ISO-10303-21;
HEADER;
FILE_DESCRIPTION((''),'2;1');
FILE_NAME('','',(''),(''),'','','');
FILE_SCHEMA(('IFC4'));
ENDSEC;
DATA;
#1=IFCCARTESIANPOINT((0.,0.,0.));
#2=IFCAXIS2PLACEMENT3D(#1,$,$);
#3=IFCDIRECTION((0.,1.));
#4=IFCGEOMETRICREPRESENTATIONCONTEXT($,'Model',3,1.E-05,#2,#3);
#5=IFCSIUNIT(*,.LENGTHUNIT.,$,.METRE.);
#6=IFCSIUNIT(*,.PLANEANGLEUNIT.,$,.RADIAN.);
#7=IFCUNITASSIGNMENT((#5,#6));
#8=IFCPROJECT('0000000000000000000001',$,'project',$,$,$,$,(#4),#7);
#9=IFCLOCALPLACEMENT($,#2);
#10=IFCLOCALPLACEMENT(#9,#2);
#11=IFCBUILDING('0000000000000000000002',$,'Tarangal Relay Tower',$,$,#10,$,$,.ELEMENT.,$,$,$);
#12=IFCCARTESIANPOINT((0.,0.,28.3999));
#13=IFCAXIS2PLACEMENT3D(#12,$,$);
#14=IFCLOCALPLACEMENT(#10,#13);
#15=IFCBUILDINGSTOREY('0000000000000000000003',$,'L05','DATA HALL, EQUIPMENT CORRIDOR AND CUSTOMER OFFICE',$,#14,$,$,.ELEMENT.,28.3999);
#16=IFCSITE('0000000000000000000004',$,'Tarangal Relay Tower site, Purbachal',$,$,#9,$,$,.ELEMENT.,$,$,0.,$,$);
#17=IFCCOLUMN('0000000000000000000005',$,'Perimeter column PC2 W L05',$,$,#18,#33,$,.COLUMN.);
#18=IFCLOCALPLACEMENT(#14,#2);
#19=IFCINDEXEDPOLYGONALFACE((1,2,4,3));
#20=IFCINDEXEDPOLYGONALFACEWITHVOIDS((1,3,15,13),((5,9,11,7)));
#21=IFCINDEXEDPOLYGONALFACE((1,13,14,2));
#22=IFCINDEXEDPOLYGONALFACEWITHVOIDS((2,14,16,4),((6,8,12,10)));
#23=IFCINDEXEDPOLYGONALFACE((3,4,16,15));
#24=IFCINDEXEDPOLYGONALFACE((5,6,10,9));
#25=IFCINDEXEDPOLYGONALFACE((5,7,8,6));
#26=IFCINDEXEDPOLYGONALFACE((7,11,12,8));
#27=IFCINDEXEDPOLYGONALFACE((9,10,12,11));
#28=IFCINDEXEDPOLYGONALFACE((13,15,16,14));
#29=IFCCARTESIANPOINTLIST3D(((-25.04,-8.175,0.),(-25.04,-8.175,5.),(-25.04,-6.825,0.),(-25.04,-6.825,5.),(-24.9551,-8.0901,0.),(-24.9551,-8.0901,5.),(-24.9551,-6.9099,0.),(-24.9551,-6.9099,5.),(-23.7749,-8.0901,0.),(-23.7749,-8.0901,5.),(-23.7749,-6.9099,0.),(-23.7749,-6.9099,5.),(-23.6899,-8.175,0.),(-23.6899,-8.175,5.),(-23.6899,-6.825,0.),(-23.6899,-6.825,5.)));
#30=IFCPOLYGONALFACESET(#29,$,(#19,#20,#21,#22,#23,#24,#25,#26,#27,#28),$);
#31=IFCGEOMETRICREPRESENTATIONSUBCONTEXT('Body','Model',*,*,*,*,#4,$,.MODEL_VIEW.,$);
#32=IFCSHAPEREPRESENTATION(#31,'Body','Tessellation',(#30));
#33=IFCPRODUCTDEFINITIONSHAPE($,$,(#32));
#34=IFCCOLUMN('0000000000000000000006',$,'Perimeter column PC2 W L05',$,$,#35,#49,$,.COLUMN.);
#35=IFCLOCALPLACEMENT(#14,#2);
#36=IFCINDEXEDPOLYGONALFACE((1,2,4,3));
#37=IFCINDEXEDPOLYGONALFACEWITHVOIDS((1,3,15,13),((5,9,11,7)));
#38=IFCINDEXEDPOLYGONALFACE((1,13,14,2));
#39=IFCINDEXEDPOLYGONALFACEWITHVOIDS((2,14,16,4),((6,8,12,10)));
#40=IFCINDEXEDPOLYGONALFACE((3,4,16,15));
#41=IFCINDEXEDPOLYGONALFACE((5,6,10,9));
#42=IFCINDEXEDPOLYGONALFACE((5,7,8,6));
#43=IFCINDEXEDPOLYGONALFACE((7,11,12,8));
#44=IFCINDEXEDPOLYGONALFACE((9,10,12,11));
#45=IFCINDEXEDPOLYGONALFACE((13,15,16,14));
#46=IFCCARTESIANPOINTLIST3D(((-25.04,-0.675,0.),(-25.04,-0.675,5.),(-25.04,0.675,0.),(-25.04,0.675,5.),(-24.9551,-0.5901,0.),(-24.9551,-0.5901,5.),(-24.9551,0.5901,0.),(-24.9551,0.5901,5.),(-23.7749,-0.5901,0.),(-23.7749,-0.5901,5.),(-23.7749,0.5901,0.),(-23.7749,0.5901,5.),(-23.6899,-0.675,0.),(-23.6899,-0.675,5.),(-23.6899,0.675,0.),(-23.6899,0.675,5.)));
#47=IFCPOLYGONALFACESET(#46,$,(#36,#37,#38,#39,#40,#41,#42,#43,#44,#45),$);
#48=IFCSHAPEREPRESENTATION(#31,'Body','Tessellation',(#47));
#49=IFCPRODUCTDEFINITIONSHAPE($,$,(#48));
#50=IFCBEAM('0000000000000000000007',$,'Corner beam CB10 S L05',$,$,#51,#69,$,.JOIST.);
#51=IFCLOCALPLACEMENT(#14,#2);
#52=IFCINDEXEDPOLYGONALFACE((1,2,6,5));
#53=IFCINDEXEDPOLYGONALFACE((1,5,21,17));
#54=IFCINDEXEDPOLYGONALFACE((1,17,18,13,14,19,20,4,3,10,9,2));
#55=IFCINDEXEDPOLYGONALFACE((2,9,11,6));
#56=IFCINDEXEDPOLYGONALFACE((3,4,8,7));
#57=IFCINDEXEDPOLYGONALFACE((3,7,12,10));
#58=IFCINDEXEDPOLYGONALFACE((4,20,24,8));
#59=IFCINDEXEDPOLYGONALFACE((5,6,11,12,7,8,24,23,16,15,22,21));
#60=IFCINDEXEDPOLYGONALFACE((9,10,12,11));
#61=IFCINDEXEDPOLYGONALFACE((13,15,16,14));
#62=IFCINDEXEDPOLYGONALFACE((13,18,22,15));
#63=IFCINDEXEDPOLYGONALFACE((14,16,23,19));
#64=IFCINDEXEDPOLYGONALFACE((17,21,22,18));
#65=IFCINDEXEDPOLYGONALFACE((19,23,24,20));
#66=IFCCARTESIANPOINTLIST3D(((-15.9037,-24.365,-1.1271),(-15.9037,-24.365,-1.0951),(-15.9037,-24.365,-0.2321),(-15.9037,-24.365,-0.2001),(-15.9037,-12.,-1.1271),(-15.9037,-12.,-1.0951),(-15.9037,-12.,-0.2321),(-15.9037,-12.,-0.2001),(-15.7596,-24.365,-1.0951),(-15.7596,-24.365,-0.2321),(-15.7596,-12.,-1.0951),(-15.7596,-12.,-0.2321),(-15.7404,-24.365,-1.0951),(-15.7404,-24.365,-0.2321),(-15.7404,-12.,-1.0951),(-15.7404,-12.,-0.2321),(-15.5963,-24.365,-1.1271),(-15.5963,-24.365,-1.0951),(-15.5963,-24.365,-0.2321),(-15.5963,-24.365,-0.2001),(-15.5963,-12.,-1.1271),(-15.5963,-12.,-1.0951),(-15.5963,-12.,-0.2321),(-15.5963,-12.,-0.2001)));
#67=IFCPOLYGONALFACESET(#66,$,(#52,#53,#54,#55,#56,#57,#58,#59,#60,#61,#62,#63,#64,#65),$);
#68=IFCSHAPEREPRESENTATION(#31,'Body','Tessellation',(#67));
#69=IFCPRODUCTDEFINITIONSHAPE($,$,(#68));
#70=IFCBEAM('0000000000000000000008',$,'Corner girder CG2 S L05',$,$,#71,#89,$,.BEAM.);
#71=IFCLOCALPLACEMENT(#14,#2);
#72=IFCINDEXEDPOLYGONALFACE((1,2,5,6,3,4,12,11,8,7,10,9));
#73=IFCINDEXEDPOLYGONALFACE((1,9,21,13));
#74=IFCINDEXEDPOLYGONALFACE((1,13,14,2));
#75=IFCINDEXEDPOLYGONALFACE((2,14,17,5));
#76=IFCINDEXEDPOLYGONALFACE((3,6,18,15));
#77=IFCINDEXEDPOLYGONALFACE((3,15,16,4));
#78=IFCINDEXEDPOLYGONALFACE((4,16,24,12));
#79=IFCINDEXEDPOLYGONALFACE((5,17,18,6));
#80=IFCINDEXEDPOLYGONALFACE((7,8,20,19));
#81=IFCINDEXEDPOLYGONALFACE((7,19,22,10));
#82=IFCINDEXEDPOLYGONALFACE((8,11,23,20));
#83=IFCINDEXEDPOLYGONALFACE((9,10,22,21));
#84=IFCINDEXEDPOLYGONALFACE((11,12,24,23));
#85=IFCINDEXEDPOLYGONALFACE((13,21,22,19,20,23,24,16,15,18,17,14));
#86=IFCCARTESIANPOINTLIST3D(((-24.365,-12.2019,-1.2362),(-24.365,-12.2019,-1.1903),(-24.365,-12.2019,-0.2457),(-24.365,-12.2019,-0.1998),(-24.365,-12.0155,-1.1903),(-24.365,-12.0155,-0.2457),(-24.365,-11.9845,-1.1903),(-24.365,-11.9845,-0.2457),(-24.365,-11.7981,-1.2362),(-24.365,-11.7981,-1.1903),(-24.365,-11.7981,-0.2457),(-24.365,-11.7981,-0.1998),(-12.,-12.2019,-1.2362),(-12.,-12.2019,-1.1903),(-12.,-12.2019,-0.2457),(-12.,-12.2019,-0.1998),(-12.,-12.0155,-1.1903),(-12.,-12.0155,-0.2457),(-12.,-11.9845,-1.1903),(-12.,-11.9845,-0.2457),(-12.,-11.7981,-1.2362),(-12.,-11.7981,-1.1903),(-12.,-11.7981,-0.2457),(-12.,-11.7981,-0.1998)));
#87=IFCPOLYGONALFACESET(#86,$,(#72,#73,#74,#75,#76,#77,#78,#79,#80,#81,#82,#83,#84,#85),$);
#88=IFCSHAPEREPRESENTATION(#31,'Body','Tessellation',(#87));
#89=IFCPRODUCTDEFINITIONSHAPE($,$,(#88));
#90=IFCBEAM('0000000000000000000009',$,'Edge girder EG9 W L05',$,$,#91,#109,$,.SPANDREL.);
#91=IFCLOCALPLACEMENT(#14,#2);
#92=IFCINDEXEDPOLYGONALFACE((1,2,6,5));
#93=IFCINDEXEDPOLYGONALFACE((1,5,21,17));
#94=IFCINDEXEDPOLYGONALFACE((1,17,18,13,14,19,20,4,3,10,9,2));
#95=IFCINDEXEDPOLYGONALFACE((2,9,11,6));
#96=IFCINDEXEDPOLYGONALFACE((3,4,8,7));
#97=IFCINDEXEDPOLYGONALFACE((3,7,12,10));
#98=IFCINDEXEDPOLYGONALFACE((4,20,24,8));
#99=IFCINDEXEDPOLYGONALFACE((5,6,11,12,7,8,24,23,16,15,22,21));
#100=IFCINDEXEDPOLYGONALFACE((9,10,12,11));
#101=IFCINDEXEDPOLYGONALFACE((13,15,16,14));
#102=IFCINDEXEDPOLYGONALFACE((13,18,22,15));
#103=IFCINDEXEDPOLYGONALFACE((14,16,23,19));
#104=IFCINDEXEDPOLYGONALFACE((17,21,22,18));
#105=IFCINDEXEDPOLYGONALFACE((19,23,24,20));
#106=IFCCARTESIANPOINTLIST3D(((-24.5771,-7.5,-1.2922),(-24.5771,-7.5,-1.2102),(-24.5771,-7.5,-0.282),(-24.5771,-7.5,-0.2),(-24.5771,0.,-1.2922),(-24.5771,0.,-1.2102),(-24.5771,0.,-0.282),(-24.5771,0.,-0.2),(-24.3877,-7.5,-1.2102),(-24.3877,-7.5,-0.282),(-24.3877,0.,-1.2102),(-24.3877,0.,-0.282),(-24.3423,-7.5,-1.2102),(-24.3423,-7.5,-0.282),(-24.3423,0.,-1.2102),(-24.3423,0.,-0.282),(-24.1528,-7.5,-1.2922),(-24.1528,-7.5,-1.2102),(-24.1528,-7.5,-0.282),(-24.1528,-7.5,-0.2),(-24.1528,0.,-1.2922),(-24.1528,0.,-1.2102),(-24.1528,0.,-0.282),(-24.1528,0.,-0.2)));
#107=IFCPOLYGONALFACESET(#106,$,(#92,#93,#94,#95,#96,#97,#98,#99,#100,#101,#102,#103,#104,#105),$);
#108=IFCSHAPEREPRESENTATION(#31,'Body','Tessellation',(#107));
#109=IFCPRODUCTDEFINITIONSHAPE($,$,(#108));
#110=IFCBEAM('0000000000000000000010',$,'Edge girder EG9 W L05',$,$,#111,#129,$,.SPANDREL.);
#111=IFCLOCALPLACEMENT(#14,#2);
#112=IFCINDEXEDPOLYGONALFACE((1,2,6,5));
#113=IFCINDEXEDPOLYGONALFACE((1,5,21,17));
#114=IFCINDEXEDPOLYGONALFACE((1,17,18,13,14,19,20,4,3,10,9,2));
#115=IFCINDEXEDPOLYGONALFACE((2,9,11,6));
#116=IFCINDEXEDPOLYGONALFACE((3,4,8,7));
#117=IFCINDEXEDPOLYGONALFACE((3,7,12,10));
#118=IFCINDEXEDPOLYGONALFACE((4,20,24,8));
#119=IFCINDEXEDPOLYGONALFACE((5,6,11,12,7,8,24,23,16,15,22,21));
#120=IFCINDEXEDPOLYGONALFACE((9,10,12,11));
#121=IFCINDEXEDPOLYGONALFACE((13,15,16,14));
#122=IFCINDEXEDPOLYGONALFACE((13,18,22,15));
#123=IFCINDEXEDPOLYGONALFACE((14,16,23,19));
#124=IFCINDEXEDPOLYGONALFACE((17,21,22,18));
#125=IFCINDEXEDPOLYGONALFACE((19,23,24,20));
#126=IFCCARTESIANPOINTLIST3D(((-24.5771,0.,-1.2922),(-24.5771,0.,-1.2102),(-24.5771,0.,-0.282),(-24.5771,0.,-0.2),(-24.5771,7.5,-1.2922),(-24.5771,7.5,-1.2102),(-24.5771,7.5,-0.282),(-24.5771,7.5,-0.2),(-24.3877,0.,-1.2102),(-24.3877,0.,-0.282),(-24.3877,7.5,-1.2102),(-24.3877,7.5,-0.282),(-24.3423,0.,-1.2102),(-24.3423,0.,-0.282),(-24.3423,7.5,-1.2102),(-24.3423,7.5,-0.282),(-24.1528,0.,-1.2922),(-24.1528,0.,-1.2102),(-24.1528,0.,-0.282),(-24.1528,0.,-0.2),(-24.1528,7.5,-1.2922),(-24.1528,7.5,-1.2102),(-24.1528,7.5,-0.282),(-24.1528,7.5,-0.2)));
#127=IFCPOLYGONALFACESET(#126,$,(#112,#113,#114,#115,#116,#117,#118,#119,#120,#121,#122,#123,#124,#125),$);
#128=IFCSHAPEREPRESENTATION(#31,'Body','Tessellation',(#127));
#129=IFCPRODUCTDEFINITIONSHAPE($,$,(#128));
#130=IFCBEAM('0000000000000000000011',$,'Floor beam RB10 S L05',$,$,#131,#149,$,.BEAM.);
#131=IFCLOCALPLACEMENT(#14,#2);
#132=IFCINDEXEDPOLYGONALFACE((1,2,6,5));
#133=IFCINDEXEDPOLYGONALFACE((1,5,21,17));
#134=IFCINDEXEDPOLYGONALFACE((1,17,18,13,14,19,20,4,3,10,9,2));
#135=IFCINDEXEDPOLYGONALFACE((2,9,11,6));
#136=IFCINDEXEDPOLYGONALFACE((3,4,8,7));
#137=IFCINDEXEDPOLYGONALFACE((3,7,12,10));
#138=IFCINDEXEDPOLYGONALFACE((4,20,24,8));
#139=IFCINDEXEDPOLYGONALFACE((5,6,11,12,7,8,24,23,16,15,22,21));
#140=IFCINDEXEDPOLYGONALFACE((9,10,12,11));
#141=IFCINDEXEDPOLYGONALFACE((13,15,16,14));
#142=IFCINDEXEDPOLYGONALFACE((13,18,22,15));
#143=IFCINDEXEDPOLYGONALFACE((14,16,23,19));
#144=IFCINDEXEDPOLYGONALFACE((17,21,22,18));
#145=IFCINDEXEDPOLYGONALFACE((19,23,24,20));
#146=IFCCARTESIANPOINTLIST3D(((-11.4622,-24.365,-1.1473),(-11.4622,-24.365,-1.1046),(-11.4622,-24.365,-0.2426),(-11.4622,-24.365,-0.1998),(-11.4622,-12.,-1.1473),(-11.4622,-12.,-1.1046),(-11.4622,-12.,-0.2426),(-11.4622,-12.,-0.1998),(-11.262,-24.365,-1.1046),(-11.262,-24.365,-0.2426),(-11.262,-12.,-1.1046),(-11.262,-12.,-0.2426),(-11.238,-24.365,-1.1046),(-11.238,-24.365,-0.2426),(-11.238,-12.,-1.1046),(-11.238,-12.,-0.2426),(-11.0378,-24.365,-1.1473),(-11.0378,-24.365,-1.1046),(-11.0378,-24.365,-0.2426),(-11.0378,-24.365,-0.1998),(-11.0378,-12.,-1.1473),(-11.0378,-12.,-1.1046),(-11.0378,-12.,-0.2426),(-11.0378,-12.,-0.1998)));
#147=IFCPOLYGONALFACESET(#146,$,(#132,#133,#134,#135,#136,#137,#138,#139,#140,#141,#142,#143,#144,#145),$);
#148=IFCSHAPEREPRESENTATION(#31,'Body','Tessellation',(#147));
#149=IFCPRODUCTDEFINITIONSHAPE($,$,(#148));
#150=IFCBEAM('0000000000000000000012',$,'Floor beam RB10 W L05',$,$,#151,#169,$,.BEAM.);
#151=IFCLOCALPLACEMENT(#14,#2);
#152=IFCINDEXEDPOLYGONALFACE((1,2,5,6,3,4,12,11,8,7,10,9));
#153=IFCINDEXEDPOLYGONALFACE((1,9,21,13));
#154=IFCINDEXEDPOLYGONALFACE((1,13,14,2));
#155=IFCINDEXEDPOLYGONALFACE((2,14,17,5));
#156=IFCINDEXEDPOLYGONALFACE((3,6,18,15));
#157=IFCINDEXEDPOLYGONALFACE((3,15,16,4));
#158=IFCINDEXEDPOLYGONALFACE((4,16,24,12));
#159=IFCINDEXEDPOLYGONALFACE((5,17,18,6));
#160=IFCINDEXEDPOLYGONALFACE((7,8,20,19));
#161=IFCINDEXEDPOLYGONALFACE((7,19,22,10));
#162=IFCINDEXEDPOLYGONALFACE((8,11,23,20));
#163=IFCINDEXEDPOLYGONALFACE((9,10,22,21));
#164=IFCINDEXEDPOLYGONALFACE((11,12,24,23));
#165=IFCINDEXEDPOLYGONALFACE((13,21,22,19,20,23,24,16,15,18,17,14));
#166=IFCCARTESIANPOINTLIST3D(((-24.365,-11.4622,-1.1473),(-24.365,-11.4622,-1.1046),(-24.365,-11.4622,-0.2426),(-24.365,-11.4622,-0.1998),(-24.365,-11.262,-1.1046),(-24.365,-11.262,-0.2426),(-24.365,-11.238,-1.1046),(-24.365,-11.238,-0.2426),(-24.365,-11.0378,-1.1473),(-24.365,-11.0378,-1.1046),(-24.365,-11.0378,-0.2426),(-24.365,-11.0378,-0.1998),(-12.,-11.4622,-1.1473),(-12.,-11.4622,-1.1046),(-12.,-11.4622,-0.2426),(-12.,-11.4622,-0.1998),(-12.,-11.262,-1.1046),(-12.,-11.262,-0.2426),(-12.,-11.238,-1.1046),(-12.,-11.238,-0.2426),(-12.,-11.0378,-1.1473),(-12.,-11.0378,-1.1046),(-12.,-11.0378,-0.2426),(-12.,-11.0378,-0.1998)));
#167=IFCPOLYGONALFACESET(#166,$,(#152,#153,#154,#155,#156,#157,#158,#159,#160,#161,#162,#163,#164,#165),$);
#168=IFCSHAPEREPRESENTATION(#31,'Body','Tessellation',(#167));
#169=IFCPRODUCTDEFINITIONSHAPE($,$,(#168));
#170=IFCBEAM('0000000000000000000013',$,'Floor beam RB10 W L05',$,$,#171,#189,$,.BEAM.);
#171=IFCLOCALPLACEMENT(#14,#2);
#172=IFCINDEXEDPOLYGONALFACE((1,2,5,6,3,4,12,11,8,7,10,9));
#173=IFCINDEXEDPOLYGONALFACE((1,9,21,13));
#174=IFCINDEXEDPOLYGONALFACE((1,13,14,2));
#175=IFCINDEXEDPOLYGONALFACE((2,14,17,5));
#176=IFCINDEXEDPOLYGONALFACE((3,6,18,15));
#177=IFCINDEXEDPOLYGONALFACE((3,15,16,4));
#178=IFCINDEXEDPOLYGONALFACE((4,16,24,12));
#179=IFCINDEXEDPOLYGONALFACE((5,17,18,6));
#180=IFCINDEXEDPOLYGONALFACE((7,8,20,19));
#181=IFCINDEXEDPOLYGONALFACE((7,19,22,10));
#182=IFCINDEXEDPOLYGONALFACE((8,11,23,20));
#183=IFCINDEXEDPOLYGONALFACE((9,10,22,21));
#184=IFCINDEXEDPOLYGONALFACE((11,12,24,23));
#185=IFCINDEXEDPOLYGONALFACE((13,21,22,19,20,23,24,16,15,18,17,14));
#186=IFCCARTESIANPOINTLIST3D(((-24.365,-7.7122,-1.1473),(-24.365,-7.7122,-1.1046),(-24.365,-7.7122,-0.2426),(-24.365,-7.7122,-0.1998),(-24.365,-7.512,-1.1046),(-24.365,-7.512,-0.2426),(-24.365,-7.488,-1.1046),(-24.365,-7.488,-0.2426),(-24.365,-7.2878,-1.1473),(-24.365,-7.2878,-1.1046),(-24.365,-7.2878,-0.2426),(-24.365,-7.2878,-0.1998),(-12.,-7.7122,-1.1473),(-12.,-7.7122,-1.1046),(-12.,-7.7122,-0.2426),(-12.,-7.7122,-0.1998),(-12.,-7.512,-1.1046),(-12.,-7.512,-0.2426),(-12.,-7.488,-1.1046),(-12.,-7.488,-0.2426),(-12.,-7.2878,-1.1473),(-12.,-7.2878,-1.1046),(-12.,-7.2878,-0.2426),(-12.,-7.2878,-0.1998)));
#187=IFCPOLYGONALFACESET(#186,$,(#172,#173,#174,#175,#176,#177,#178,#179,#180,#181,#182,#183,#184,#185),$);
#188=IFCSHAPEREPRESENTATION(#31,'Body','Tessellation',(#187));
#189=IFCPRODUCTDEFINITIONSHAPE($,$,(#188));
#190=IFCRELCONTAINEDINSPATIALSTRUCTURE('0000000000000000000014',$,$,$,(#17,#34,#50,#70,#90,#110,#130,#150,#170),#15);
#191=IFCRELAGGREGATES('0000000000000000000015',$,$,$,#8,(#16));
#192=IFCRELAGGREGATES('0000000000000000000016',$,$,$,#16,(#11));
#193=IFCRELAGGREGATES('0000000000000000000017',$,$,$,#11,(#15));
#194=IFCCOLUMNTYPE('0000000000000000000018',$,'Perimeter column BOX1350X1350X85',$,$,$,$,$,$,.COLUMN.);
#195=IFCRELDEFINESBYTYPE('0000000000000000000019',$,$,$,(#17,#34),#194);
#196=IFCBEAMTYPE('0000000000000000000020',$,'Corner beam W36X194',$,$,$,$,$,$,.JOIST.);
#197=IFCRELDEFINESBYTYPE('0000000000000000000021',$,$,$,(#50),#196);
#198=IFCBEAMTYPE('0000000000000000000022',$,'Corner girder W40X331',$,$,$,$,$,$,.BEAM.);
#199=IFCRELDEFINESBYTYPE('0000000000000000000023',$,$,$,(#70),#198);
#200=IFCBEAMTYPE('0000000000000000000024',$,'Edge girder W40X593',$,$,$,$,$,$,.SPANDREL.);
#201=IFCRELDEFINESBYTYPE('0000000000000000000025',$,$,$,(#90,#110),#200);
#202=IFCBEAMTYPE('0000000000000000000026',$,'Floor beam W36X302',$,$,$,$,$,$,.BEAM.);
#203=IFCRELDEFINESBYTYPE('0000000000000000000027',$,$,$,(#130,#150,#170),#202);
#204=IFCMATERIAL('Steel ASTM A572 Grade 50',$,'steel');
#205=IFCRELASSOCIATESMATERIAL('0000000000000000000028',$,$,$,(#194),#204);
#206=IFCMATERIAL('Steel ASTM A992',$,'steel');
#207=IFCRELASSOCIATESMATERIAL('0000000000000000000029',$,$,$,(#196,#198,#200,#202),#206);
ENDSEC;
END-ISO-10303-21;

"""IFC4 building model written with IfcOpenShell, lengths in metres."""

from ifc_helpers import new_model, si_unit, direction, frame, origin, origin_2d, place, context, subcontext, project, spatial, hollow_rectangle, i_section, extrude, material, material_profile, profile_set, type_object, element, save


model = new_model("IFC4")

# Units and contexts
model_context = context("Model", 3, precision=1e-05, world=origin(), true_north=direction((0.0, 1.0)))
body_context = subcontext(model_context, "Body", "Model", "MODEL_VIEW")
ifc_project = project(units=[si_unit("LENGTHUNIT", "METRE"), si_unit("PLANEANGLEUNIT", "RADIAN")], contexts=[model_context])

# Site, building, storey
site_placement = place(None, origin())
site = spatial("IfcSite", under=ifc_project, at=site_placement, Name="Tarangal Relay Tower site, Purbachal", CompositionType="ELEMENT", RefElevation=0.0)
building_placement = place(site_placement, origin())
building = spatial("IfcBuilding", under=site, at=building_placement, Name="Tarangal Relay Tower", CompositionType="ELEMENT")
storey_placement = place(building_placement, frame((0.0, 0.0, 28.3999)))
storey = spatial("IfcBuildingStorey", under=building, at=storey_placement, Name="L05", Description="DATA HALL, EQUIPMENT CORRIDOR AND CUSTOMER OFFICE", CompositionType="ELEMENT", Elevation=28.3999)

# Columns
ifc_material_1 = material(Name="Steel ASTM A572 Grade 50", Category="steel")
ifc_material_profile_1 = material_profile(ifc_material_1, hollow_rectangle(XDim=1.3501, YDim=1.3501, WallThickness=0.085, at=origin_2d()), Name="BOX1350X1350X85")
ifc_profile_set_1 = profile_set([ifc_material_profile_1], Name="Steel ASTM A572 Grade 50")
column_type = type_object("IfcColumnType", Name="Perimeter column BOX1350X1350X85", PredefinedType="COLUMN", material=ifc_profile_set_1)
for number, where, z_axis, x_axis, name in (
    (1, (-24.365, -7.5, 0.0), (0.0, 0.0, 1.0), (1.0, 0.0, 0.0), "Perimeter column PC2 W L05"),
    (2, (-24.365, 0.0, 0.0), (0.0, 0.0, 1.0), (1.0, 0.0, 0.0), "Perimeter column PC2 W L05"),
):
    element("IfcColumn", number, at=place(storey_placement, frame(where, z_axis=z_axis, x_axis=x_axis)), inside=storey, type_object=column_type, Name=name, PredefinedType="COLUMN", context=body_context, shape_type="SweptSolid", body=[
        extrude(hollow_rectangle(XDim=1.3501, YDim=1.3501, WallThickness=0.085, at=origin_2d()), origin(), (0.0, 0.0, 1.0), 5.0),
    ])

# Beams
ifc_material_2 = material(Name="Steel ASTM A992", Category="steel")
ifc_material_profile_2 = material_profile(ifc_material_2, i_section(OverallWidth=0.3074, OverallDepth=0.927, WebThickness=0.0193, FlangeThickness=0.032, at=origin_2d()), Name="W36X194")
ifc_profile_set_2 = profile_set([ifc_material_profile_2], Name="Steel ASTM A992")
beam_type_1 = type_object("IfcBeamType", Name="Corner beam W36X194", PredefinedType="JOIST", material=ifc_profile_set_2)
beam_1_placement = place(storey_placement, frame((-15.75, -12.0, -0.6636), z_axis=(0.0, -1.0, 0.0), x_axis=(1.0, 0.0, 0.0)))
element("IfcBeam", 3, at=beam_1_placement, inside=storey, type_object=beam_type_1, Name="Corner beam CB10 S L05", PredefinedType="JOIST", context=body_context, shape_type="SweptSolid", body=[
    extrude(i_section(OverallWidth=0.3074, OverallDepth=0.927, WebThickness=0.0193, FlangeThickness=0.032, at=origin_2d()), origin(), (0.0, 0.0, 1.0), 12.365),
])
ifc_material_profile_3 = material_profile(ifc_material_2, i_section(OverallWidth=0.4038, OverallDepth=1.0364, WebThickness=0.031, FlangeThickness=0.0459, at=origin_2d()), Name="W40X331")
ifc_profile_set_3 = profile_set([ifc_material_profile_3], Name="Steel ASTM A992")
beam_type_2 = type_object("IfcBeamType", Name="Corner girder W40X331", PredefinedType="BEAM", material=ifc_profile_set_3)
beam_2_placement = place(storey_placement, frame((-12.0, -12.0, -0.718), z_axis=(-1.0, 0.0, 0.0), x_axis=(0.0, -1.0, 0.0)))
element("IfcBeam", 4, at=beam_2_placement, inside=storey, type_object=beam_type_2, Name="Corner girder CG2 S L05", PredefinedType="BEAM", context=body_context, shape_type="SweptSolid", body=[
    extrude(i_section(OverallWidth=0.4038, OverallDepth=1.0364, WebThickness=0.031, FlangeThickness=0.0459, at=origin_2d()), origin(), (0.0, 0.0, 1.0), 12.365),
])
ifc_material_profile_4 = material_profile(ifc_material_2, i_section(OverallWidth=0.4243, OverallDepth=1.0923, WebThickness=0.0454, FlangeThickness=0.082, at=origin_2d()), Name="W40X593")
ifc_profile_set_4 = profile_set([ifc_material_profile_4], Name="Steel ASTM A992")
beam_type_3 = type_object("IfcBeamType", Name="Edge girder W40X593", PredefinedType="SPANDREL", material=ifc_profile_set_4)
for number, where, z_axis, x_axis, name in (
    (5, (-24.365, -7.5, -0.7461), (0.0, 1.0, 0.0), (-1.0, 0.0, 0.0), "Edge girder EG9 W L05"),
    (6, (-24.365, 0.0, -0.7461), (0.0, 1.0, 0.0), (-1.0, 0.0, 0.0), "Edge girder EG9 W L05"),
):
    element("IfcBeam", number, at=place(storey_placement, frame(where, z_axis=z_axis, x_axis=x_axis)), inside=storey, type_object=beam_type_3, Name=name, PredefinedType="SPANDREL", context=body_context, shape_type="SweptSolid", body=[
        extrude(i_section(OverallWidth=0.4243, OverallDepth=1.0923, WebThickness=0.0454, FlangeThickness=0.082, at=origin_2d()), origin(), (0.0, 0.0, 1.0), 7.5),
    ])
ifc_material_profile_5 = material_profile(ifc_material_2, i_section(OverallWidth=0.4243, OverallDepth=0.9475, WebThickness=0.0239, FlangeThickness=0.0427, at=origin_2d()), Name="W36X302")
ifc_profile_set_5 = profile_set([ifc_material_profile_5], Name="Steel ASTM A992")
beam_type_4 = type_object("IfcBeamType", Name="Floor beam W36X302", PredefinedType="BEAM", material=ifc_profile_set_5)
for number, where, z_axis, x_axis, name in (
    (7, (-11.25, -12.0, -0.6736), (0.0, -1.0, 0.0), (1.0, 0.0, 0.0), "Floor beam RB10 S L05"),
    (8, (-12.0, -11.25, -0.6736), (-1.0, 0.0, 0.0), (0.0, -1.0, 0.0), "Floor beam RB10 W L05"),
    (9, (-12.0, -7.5, -0.6736), (-1.0, 0.0, 0.0), (0.0, -1.0, 0.0), "Floor beam RB10 W L05"),
):
    element("IfcBeam", number, at=place(storey_placement, frame(where, z_axis=z_axis, x_axis=x_axis)), inside=storey, type_object=beam_type_4, Name=name, PredefinedType="BEAM", context=body_context, shape_type="SweptSolid", body=[
        extrude(i_section(OverallWidth=0.4243, OverallDepth=0.9475, WebThickness=0.0239, FlangeThickness=0.0427, at=origin_2d()), origin(), (0.0, 0.0, 1.0), 12.365),
    ])

save(model, "model.ifc")
